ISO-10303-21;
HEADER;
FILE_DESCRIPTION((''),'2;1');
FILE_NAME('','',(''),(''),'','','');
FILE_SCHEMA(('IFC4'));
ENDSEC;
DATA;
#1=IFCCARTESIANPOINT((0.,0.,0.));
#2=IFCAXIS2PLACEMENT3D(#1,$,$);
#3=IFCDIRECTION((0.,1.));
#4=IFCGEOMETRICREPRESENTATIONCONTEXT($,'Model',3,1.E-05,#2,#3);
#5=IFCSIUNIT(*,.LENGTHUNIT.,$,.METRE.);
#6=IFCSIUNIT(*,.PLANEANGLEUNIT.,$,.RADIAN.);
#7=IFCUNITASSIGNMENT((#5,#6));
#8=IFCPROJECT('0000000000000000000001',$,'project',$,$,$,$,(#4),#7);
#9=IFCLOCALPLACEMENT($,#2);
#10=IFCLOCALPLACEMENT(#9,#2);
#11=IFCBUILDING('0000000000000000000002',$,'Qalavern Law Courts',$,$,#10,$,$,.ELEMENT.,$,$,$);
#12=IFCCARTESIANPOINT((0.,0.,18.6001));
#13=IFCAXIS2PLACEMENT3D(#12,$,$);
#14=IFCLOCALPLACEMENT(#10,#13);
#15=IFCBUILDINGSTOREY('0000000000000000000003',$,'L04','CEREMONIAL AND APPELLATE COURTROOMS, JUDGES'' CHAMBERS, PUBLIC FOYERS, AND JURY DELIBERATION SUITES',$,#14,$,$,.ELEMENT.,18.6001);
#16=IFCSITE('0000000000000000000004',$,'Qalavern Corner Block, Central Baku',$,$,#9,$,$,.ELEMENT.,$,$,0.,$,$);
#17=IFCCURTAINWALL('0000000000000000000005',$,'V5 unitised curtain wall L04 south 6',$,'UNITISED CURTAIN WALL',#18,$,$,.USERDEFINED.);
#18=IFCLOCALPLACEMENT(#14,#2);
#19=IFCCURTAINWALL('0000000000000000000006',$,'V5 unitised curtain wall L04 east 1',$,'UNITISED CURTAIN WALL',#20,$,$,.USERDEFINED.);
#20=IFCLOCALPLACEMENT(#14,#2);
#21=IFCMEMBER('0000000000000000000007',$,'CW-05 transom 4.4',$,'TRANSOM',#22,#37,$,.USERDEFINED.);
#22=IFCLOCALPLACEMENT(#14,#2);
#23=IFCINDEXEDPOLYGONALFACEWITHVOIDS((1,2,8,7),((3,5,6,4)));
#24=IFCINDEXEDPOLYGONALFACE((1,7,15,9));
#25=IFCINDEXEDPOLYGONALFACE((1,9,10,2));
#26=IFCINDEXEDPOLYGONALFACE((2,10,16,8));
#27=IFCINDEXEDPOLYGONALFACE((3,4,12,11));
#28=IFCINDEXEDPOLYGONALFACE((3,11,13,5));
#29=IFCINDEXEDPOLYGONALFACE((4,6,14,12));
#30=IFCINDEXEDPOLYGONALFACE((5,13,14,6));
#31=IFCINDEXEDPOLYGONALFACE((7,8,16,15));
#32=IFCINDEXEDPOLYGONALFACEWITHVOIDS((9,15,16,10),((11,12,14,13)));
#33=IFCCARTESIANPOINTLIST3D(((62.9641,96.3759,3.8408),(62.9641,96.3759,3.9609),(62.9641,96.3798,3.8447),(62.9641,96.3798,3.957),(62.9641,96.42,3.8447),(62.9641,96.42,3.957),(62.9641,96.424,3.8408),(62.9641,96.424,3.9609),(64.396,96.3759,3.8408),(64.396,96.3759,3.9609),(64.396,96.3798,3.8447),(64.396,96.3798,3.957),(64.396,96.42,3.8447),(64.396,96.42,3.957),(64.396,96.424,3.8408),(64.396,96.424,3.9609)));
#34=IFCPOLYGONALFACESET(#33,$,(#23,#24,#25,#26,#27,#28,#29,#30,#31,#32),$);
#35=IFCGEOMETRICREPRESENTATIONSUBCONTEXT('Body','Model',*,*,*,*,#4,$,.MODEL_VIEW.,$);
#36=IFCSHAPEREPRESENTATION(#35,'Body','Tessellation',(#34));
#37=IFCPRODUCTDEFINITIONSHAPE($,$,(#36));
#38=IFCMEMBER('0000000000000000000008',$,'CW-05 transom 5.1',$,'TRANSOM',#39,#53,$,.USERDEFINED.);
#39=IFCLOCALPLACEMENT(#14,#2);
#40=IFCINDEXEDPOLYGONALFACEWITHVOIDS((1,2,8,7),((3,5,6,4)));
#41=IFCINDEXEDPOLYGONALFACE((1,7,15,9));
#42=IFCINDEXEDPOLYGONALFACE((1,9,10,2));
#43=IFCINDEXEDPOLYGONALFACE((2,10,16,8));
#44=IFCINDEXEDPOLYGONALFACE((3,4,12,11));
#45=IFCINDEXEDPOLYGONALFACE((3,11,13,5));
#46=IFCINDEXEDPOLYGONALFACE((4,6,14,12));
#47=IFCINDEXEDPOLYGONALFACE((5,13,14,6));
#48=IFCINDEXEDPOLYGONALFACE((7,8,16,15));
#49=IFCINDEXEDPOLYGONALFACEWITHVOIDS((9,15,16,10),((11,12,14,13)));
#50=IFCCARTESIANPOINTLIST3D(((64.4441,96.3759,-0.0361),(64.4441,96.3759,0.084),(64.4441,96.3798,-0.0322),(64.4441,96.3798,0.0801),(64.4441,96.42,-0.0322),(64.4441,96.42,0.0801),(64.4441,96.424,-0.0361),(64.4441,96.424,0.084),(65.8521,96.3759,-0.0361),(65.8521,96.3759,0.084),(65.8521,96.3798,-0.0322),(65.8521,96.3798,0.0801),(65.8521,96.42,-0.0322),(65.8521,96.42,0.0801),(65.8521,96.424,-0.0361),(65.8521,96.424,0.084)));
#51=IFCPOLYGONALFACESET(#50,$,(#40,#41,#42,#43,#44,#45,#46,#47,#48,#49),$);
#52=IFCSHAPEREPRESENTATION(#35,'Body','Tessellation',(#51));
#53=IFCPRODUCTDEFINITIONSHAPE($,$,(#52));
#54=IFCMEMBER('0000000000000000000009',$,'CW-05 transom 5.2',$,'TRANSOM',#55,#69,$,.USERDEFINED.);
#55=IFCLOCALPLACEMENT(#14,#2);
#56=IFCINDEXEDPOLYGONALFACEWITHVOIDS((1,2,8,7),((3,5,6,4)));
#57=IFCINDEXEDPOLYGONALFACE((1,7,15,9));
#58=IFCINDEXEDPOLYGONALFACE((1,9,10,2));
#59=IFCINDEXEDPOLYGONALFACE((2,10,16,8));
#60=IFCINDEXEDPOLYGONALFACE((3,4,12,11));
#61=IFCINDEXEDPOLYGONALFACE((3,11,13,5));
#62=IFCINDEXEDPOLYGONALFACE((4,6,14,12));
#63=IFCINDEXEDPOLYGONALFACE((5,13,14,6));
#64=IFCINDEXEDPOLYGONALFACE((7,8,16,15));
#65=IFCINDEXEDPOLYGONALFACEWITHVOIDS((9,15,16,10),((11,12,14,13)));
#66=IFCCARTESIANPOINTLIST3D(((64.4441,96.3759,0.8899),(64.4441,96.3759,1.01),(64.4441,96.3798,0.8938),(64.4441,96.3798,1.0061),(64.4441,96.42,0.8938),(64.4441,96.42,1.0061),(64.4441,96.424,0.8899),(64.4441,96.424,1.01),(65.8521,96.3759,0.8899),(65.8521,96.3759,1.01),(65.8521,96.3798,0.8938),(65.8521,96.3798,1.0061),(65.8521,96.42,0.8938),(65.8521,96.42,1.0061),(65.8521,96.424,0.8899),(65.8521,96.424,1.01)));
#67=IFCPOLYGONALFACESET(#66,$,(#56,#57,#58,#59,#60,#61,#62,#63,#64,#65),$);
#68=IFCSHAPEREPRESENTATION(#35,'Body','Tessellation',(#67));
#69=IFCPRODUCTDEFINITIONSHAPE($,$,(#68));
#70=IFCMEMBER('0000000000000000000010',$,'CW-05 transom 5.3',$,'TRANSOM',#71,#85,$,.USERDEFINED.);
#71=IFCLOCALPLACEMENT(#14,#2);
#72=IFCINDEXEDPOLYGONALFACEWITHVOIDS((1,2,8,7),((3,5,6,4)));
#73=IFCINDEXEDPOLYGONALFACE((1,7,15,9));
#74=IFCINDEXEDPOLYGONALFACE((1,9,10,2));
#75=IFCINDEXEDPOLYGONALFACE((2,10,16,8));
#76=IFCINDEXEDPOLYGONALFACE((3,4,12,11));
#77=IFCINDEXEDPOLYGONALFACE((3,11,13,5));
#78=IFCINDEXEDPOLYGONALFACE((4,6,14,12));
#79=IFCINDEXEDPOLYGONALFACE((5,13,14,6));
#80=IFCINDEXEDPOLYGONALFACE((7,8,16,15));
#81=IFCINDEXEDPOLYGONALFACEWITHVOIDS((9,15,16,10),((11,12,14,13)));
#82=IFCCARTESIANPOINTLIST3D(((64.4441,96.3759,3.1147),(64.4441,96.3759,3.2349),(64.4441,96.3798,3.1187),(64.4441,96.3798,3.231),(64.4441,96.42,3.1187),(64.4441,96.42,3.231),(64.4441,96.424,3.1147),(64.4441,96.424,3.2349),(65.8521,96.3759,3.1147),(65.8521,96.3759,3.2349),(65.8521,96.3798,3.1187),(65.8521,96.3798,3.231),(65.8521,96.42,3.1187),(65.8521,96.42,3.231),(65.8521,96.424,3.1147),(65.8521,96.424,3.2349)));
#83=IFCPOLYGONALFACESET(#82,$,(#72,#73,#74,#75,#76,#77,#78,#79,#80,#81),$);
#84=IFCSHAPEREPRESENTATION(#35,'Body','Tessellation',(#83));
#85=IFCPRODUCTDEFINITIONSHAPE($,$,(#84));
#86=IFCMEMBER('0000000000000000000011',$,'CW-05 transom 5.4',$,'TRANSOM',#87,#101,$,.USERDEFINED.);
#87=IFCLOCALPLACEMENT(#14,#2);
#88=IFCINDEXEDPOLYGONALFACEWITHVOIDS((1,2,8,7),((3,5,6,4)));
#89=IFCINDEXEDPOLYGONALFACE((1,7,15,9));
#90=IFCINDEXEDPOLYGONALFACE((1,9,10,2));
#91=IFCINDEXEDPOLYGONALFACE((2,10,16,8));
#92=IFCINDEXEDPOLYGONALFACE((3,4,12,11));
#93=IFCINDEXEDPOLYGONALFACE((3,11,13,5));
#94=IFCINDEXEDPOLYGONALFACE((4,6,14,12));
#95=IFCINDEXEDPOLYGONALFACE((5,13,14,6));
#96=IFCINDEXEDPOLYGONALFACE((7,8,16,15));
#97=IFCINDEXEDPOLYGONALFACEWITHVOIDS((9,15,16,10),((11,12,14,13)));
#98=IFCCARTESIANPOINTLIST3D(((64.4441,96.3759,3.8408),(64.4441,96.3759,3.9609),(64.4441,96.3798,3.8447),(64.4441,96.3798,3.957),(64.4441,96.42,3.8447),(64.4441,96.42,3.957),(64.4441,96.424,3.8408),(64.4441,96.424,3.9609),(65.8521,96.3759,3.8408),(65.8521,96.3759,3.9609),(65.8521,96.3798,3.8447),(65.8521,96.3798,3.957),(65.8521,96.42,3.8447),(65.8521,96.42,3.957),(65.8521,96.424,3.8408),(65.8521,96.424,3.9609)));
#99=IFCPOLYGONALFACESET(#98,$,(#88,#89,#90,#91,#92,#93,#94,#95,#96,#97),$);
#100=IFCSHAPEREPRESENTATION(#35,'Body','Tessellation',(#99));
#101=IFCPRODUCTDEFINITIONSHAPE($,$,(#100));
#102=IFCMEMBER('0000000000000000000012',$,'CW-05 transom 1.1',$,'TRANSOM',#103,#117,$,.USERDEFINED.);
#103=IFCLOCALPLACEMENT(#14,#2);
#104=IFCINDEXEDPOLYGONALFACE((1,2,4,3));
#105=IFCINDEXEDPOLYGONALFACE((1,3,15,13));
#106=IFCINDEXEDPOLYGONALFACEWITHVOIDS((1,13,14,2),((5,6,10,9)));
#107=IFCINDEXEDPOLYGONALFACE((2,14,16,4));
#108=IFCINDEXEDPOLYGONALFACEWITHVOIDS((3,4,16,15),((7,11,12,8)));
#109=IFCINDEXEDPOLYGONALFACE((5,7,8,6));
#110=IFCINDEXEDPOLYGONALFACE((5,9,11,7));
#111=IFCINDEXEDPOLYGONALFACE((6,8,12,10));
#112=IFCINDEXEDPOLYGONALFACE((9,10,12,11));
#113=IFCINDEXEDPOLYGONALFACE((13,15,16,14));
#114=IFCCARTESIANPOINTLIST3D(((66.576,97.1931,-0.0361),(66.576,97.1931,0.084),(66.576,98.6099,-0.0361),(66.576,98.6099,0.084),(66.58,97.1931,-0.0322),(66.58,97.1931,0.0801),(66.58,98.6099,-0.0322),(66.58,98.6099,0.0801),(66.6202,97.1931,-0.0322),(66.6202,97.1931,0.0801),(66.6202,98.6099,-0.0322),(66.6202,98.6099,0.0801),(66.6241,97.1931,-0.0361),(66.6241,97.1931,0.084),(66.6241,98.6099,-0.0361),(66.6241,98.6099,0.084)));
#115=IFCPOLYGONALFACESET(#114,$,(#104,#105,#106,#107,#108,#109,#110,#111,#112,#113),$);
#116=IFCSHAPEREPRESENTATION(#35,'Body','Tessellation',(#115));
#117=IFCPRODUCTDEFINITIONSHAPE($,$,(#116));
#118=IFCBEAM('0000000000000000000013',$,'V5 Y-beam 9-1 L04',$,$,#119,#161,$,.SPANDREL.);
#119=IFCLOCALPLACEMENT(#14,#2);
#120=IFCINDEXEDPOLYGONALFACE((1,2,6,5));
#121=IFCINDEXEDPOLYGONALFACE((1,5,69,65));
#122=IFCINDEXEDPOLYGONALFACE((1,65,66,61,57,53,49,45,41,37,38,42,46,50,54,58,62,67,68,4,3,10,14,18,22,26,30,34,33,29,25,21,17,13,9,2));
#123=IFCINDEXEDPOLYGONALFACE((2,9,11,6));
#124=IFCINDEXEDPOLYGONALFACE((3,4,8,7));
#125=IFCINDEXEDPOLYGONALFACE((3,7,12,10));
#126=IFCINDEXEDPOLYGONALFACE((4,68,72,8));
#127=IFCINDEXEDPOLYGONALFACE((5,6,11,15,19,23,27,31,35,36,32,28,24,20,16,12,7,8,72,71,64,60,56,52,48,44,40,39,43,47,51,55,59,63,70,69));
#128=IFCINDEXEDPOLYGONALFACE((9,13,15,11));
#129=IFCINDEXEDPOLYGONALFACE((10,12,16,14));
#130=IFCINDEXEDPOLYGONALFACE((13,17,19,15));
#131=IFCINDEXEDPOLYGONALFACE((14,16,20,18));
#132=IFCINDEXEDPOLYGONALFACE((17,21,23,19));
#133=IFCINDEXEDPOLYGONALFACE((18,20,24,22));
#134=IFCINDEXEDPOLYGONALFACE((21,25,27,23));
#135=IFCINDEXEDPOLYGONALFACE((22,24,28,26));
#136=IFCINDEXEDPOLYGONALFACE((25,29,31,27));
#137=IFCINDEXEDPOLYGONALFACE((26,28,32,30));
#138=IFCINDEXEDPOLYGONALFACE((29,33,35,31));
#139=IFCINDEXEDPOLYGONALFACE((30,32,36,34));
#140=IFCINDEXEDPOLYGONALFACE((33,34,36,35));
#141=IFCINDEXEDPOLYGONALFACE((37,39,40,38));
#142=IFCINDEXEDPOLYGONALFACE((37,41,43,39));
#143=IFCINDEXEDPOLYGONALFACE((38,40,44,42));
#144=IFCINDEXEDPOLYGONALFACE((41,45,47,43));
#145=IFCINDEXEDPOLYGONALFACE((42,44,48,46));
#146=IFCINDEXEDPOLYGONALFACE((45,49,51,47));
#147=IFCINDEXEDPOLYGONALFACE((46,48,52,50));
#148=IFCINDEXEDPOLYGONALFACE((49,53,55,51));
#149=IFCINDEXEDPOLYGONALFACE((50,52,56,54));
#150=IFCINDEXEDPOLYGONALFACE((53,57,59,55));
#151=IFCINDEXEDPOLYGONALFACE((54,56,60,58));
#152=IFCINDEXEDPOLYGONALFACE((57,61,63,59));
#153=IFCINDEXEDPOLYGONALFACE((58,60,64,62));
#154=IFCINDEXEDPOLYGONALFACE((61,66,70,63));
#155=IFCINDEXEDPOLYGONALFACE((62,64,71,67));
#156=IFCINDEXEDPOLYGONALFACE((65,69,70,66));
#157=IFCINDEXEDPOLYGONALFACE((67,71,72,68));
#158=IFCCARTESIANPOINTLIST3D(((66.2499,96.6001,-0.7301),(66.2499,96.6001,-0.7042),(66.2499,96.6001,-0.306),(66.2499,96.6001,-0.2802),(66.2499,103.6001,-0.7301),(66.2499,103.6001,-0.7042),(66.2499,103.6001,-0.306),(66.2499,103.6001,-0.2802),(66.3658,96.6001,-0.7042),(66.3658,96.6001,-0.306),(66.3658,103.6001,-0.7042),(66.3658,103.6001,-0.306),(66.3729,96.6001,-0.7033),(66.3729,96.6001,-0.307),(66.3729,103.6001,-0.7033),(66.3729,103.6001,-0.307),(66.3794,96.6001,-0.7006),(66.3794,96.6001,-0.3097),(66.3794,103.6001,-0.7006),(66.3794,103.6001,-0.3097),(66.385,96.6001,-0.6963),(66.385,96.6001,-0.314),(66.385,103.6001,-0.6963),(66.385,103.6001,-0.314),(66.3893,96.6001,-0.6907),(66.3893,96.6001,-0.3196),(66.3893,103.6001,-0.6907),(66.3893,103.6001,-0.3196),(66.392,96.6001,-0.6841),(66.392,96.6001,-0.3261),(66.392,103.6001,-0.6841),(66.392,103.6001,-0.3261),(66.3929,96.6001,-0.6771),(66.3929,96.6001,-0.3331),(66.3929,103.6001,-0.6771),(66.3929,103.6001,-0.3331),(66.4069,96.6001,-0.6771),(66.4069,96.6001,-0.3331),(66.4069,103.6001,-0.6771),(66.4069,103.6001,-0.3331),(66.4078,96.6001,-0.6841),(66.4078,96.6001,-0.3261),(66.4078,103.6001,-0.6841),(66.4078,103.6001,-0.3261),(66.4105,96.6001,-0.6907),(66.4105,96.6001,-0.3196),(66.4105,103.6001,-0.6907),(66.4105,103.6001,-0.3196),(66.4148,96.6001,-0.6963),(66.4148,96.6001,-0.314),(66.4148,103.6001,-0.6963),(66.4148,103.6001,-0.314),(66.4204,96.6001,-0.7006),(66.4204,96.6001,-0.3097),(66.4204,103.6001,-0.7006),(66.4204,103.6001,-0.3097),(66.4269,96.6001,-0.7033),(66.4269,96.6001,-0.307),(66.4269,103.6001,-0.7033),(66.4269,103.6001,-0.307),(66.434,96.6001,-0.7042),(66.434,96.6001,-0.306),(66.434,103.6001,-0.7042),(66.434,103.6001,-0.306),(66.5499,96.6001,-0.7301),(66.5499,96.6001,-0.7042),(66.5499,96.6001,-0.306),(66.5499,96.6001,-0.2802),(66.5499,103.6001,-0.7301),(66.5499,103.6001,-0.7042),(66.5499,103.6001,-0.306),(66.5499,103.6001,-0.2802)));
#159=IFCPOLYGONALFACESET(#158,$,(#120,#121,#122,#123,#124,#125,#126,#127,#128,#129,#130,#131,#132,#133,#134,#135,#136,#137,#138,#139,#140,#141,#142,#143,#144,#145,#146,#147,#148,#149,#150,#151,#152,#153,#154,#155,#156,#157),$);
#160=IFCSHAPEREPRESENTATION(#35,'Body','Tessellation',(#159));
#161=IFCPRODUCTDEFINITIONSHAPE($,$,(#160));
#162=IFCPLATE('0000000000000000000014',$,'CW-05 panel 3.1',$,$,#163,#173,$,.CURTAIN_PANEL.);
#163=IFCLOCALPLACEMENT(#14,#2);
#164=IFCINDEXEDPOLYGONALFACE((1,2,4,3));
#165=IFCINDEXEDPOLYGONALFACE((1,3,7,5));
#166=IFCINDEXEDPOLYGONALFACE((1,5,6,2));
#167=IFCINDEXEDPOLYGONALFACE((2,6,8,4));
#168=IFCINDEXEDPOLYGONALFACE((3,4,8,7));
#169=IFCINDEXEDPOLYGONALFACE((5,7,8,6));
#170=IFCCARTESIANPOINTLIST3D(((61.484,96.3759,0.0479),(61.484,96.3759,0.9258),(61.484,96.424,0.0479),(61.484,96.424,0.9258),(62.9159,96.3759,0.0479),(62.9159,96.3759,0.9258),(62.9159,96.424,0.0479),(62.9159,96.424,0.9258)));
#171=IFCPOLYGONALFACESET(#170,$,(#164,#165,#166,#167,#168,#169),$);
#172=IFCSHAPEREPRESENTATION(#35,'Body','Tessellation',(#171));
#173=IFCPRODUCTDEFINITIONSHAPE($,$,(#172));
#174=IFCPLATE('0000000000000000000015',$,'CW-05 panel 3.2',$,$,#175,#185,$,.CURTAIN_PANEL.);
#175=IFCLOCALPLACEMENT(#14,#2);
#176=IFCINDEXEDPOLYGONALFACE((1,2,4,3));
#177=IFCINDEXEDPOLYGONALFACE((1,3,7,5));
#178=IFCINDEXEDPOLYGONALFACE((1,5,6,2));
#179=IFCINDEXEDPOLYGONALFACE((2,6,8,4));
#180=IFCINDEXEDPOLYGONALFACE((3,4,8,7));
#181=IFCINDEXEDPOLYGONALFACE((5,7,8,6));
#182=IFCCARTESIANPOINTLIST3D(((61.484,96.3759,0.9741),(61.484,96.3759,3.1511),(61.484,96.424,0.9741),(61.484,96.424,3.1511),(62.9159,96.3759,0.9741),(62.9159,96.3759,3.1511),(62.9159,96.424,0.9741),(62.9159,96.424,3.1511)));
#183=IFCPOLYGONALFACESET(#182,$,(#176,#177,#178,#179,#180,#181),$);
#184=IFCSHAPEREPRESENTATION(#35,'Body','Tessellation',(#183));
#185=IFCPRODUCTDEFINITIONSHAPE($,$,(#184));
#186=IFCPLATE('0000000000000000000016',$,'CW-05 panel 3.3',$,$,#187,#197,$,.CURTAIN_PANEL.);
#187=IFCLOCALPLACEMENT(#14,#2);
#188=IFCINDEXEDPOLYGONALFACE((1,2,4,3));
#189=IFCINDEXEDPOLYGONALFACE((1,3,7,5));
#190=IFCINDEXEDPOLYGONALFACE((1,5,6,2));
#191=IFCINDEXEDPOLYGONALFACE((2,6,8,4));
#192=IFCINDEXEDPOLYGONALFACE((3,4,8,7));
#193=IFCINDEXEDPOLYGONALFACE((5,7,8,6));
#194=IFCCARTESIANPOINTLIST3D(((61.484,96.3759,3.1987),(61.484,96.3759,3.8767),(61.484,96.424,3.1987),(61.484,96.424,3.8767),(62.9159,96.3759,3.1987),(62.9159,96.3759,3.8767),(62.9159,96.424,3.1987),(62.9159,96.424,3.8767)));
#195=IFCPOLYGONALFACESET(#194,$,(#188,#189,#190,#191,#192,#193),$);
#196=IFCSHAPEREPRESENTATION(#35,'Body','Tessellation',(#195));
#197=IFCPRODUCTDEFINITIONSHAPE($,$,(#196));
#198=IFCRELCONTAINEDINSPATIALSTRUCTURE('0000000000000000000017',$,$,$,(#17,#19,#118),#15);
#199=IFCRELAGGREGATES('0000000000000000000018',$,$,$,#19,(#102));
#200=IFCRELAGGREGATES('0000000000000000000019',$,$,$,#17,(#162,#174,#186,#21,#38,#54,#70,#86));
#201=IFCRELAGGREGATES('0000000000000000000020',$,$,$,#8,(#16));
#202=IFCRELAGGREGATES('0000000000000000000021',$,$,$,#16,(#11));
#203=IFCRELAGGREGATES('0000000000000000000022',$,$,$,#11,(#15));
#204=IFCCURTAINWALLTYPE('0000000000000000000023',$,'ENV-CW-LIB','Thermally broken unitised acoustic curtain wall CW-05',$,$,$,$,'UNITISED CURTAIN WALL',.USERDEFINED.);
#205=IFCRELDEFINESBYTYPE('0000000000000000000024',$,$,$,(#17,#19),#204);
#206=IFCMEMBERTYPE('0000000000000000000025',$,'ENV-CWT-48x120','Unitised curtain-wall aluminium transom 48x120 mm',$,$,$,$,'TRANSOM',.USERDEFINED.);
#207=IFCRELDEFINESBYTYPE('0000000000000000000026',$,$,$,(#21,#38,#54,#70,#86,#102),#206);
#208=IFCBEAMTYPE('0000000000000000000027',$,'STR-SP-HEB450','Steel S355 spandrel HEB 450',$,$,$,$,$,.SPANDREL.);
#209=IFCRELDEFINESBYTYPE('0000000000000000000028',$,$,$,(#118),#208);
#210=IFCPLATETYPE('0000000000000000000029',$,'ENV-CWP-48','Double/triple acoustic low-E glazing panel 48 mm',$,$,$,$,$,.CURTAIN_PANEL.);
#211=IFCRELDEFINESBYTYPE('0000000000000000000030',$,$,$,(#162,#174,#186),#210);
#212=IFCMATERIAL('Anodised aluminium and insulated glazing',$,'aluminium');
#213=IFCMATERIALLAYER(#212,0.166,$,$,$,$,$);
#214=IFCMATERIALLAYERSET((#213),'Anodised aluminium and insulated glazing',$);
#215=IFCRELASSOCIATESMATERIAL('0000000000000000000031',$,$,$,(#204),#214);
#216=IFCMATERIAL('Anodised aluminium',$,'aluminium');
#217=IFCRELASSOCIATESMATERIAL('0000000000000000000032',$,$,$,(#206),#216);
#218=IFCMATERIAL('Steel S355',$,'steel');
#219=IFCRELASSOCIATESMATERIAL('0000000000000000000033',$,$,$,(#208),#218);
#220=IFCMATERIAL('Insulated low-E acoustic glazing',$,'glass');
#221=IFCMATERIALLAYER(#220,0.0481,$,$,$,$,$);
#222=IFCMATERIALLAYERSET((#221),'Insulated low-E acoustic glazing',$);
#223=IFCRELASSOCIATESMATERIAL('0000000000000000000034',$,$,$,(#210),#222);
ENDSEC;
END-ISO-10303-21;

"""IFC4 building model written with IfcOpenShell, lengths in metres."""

from ifc_helpers import new_model, si_unit, direction, frame, origin, origin_2d, place, context, subcontext, project, spatial, rectangle, hollow_rectangle, i_section, extrude, material, layer, layer_set, material_profile, profile_set, type_object, element, aggregate, save


model = new_model("IFC4")

# Units and contexts
model_context = context("Model", 3, precision=1e-05, world=origin(), true_north=direction((0.0, 1.0)))
body_context = subcontext(model_context, "Body", "Model", "MODEL_VIEW")
ifc_project = project(units=[si_unit("LENGTHUNIT", "METRE"), si_unit("PLANEANGLEUNIT", "RADIAN")], contexts=[model_context])

# Site, building, storey
site_placement = place(None, origin())
site = spatial("IfcSite", under=ifc_project, at=site_placement, Name="Qalavern Corner Block, Central Baku", CompositionType="ELEMENT", RefElevation=0.0)
building_placement = place(site_placement, origin())
building = spatial("IfcBuilding", under=site, at=building_placement, Name="Qalavern Law Courts", CompositionType="ELEMENT")
storey_placement = place(building_placement, frame((0.0, 0.0, 18.6001)))
storey = spatial("IfcBuildingStorey", under=building, at=storey_placement, Name="L04", Description="CEREMONIAL AND APPELLATE COURTROOMS, JUDGES' CHAMBERS, PUBLIC FOYERS, AND JURY DELIBERATION SUITES", CompositionType="ELEMENT", Elevation=18.6001)

# Curtain wall
ifc_material_1 = material(Name="Anodised aluminium and insulated glazing", Category="aluminium")
ifc_layer_1 = layer(ifc_material_1, 0.166)
ifc_layer_set_1 = layer_set([ifc_layer_1], Name="Anodised aluminium and insulated glazing")
curtain_wall_type = type_object("IfcCurtainWallType", Name="ENV-CW-LIB", Description="Thermally broken unitised acoustic curtain wall CW-05", ElementType="UNITISED CURTAIN WALL", PredefinedType="USERDEFINED", material=ifc_layer_set_1)
curtain_wall_1_placement = place(storey_placement, origin())
curtain_wall_1 = element("IfcCurtainWall", 1, at=curtain_wall_1_placement, inside=storey, type_object=curtain_wall_type, Name="V5 unitised curtain wall L04 south 6", ObjectType="UNITISED CURTAIN WALL", PredefinedType="USERDEFINED")
ifc_material_2 = material(Name="Anodised aluminium", Category="aluminium")

# Curtain wall
curtain_wall_2_placement = place(storey_placement, origin())
curtain_wall_2 = element("IfcCurtainWall", 2, at=curtain_wall_2_placement, inside=storey, type_object=curtain_wall_type, Name="V5 unitised curtain wall L04 east 1", ObjectType="UNITISED CURTAIN WALL", PredefinedType="USERDEFINED")

# Members
ifc_material_profile_1 = material_profile(ifc_material_2, hollow_rectangle(XDim=0.0481, YDim=0.1201, WallThickness=0.0039, at=origin_2d()), Name="ALU TRANSOM 48x120")
ifc_profile_set_1 = profile_set([ifc_material_profile_1], Name="Anodised aluminium")
member_type_1 = type_object("IfcMemberType", Name="ENV-CWT-48x120", Description="Unitised curtain-wall aluminium transom 48x120 mm", ElementType="TRANSOM", PredefinedType="USERDEFINED", material=ifc_profile_set_1)
member_1_placement = place(storey_placement, frame((62.9641, 96.3999, 3.9009), z_axis=(1.0, 0.0, 0.0), x_axis=(0.0, 1.0, 0.0)))
member_1 = element("IfcMember", 3, at=member_1_placement, type_object=member_type_1, Name="CW-05 transom 4.4", ObjectType="TRANSOM", PredefinedType="USERDEFINED", context=body_context, shape_type="SweptSolid", body=[
    extrude(hollow_rectangle(XDim=0.0481, YDim=0.1201, WallThickness=0.0039, at=origin_2d()), origin(), (0.0, 0.0, 1.0), 1.4319),
])
member_2_placement = place(storey_placement, frame((64.4441, 96.3999, 0.0239), z_axis=(1.0, 0.0, 0.0), x_axis=(0.0, 1.0, 0.0)))
member_2 = element("IfcMember", 4, at=member_2_placement, type_object=member_type_1, Name="CW-05 transom 5.1", ObjectType="TRANSOM", PredefinedType="USERDEFINED", context=body_context, shape_type="SweptSolid", body=[
    extrude(hollow_rectangle(XDim=0.0481, YDim=0.1201, WallThickness=0.0039, at=origin_2d()), origin(), (0.0, 0.0, 1.0), 1.408),
])
member_3_placement = place(storey_placement, frame((64.4441, 96.3999, 0.95), z_axis=(1.0, 0.0, 0.0), x_axis=(0.0, 1.0, 0.0)))
member_3 = element("IfcMember", 5, at=member_3_placement, type_object=member_type_1, Name="CW-05 transom 5.2", ObjectType="TRANSOM", PredefinedType="USERDEFINED", context=body_context, shape_type="SweptSolid", body=[
    extrude(hollow_rectangle(XDim=0.0481, YDim=0.1201, WallThickness=0.0039, at=origin_2d()), origin(), (0.0, 0.0, 1.0), 1.408),
])
member_4_placement = place(storey_placement, frame((64.4441, 96.3999, 3.1748), z_axis=(1.0, 0.0, 0.0), x_axis=(0.0, 1.0, 0.0)))
member_4 = element("IfcMember", 6, at=member_4_placement, type_object=member_type_1, Name="CW-05 transom 5.3", ObjectType="TRANSOM", PredefinedType="USERDEFINED", context=body_context, shape_type="SweptSolid", body=[
    extrude(hollow_rectangle(XDim=0.0481, YDim=0.1201, WallThickness=0.0039, at=origin_2d()), origin(), (0.0, 0.0, 1.0), 1.408),
])
member_5_placement = place(storey_placement, frame((64.4441, 96.3999, 3.9009), z_axis=(1.0, 0.0, 0.0), x_axis=(0.0, 1.0, 0.0)))
member_5 = element("IfcMember", 7, at=member_5_placement, type_object=member_type_1, Name="CW-05 transom 5.4", ObjectType="TRANSOM", PredefinedType="USERDEFINED", context=body_context, shape_type="SweptSolid", body=[
    extrude(hollow_rectangle(XDim=0.0481, YDim=0.1201, WallThickness=0.0039, at=origin_2d()), origin(), (0.0, 0.0, 1.0), 1.408),
])
member_6_placement = place(storey_placement, frame((66.6001, 97.1931, 0.0239), z_axis=(0.0, 1.0, 0.0), x_axis=(-1.0, 0.0, 0.0)))
member_6 = element("IfcMember", 8, at=member_6_placement, type_object=member_type_1, Name="CW-05 transom 1.1", ObjectType="TRANSOM", PredefinedType="USERDEFINED", context=body_context, shape_type="SweptSolid", body=[
    extrude(hollow_rectangle(XDim=0.0481, YDim=0.1201, WallThickness=0.0039, at=origin_2d()), origin(), (0.0, 0.0, 1.0), 1.4167),
])
aggregate(curtain_wall_2, [member_6])

# Beam
ifc_material_3 = material(Name="Steel S355", Category="steel")
ifc_material_profile_2 = material_profile(ifc_material_3, i_section(OverallWidth=0.3, OverallDepth=0.45, WebThickness=0.0139, FlangeThickness=0.0259, FilletRadius=0.0271, at=origin_2d()), Name="HEB 450")
ifc_profile_set_2 = profile_set([ifc_material_profile_2], Name="Steel S355")
beam_type = type_object("IfcBeamType", Name="STR-SP-HEB450", Description="Steel S355 spandrel HEB 450", PredefinedType="SPANDREL", material=ifc_profile_set_2)
beam_placement = place(storey_placement, frame((66.3999, 96.6001, -0.5051), z_axis=(0.0, 1.0, 0.0), x_axis=(-1.0, 0.0, 0.0)))
element("IfcBeam", 9, at=beam_placement, inside=storey, type_object=beam_type, Name="V5 Y-beam 9-1 L04", PredefinedType="SPANDREL", context=body_context, shape_type="SweptSolid", body=[
    extrude(i_section(OverallWidth=0.3, OverallDepth=0.45, WebThickness=0.0139, FlangeThickness=0.0259, FilletRadius=0.0271, at=origin_2d()), origin(), (0.0, 0.0, 1.0), 7.0),
])

# Plates
ifc_material_4 = material(Name="Insulated low-E acoustic glazing", Category="glass")
ifc_layer_2 = layer(ifc_material_4, 0.0481)
ifc_layer_set_2 = layer_set([ifc_layer_2], Name="Insulated low-E acoustic glazing")
plate_type = type_object("IfcPlateType", Name="ENV-CWP-48", Description="Double/triple acoustic low-E glazing panel 48 mm", PredefinedType="CURTAIN_PANEL", material=ifc_layer_set_2)
plate_1_placement = place(storey_placement, frame((62.2, 96.3999, 0.0479), z_axis=(0.0, 0.0, 1.0), x_axis=(1.0, 0.0, 0.0)))
plate_1 = element("IfcPlate", 10, at=plate_1_placement, type_object=plate_type, Name="CW-05 panel 3.1", PredefinedType="CURTAIN_PANEL", context=body_context, shape_type="SweptSolid", body=[
    extrude(rectangle(XDim=1.4319, YDim=0.0481, at=origin_2d()), origin(), (0.0, 0.0, 1.0), 0.8779),
])
plate_2_placement = place(storey_placement, frame((62.2, 96.3999, 0.9741), z_axis=(0.0, 0.0, 1.0), x_axis=(1.0, 0.0, 0.0)))
plate_2 = element("IfcPlate", 11, at=plate_2_placement, type_object=plate_type, Name="CW-05 panel 3.2", PredefinedType="CURTAIN_PANEL", context=body_context, shape_type="SweptSolid", body=[
    extrude(rectangle(XDim=1.4319, YDim=0.0481, at=origin_2d()), origin(), (0.0, 0.0, 1.0), 2.177),
])
plate_3_placement = place(storey_placement, frame((62.2, 96.3999, 3.1987), z_axis=(0.0, 0.0, 1.0), x_axis=(1.0, 0.0, 0.0)))
plate_3 = element("IfcPlate", 12, at=plate_3_placement, type_object=plate_type, Name="CW-05 panel 3.3", PredefinedType="CURTAIN_PANEL", context=body_context, shape_type="SweptSolid", body=[
    extrude(rectangle(XDim=1.4319, YDim=0.0481, at=origin_2d()), origin(), (0.0, 0.0, 1.0), 0.678),
])
aggregate(curtain_wall_1, [plate_1, plate_2, plate_3, member_1, member_2, member_3, member_4, member_5])

save(model, "model.ifc")
